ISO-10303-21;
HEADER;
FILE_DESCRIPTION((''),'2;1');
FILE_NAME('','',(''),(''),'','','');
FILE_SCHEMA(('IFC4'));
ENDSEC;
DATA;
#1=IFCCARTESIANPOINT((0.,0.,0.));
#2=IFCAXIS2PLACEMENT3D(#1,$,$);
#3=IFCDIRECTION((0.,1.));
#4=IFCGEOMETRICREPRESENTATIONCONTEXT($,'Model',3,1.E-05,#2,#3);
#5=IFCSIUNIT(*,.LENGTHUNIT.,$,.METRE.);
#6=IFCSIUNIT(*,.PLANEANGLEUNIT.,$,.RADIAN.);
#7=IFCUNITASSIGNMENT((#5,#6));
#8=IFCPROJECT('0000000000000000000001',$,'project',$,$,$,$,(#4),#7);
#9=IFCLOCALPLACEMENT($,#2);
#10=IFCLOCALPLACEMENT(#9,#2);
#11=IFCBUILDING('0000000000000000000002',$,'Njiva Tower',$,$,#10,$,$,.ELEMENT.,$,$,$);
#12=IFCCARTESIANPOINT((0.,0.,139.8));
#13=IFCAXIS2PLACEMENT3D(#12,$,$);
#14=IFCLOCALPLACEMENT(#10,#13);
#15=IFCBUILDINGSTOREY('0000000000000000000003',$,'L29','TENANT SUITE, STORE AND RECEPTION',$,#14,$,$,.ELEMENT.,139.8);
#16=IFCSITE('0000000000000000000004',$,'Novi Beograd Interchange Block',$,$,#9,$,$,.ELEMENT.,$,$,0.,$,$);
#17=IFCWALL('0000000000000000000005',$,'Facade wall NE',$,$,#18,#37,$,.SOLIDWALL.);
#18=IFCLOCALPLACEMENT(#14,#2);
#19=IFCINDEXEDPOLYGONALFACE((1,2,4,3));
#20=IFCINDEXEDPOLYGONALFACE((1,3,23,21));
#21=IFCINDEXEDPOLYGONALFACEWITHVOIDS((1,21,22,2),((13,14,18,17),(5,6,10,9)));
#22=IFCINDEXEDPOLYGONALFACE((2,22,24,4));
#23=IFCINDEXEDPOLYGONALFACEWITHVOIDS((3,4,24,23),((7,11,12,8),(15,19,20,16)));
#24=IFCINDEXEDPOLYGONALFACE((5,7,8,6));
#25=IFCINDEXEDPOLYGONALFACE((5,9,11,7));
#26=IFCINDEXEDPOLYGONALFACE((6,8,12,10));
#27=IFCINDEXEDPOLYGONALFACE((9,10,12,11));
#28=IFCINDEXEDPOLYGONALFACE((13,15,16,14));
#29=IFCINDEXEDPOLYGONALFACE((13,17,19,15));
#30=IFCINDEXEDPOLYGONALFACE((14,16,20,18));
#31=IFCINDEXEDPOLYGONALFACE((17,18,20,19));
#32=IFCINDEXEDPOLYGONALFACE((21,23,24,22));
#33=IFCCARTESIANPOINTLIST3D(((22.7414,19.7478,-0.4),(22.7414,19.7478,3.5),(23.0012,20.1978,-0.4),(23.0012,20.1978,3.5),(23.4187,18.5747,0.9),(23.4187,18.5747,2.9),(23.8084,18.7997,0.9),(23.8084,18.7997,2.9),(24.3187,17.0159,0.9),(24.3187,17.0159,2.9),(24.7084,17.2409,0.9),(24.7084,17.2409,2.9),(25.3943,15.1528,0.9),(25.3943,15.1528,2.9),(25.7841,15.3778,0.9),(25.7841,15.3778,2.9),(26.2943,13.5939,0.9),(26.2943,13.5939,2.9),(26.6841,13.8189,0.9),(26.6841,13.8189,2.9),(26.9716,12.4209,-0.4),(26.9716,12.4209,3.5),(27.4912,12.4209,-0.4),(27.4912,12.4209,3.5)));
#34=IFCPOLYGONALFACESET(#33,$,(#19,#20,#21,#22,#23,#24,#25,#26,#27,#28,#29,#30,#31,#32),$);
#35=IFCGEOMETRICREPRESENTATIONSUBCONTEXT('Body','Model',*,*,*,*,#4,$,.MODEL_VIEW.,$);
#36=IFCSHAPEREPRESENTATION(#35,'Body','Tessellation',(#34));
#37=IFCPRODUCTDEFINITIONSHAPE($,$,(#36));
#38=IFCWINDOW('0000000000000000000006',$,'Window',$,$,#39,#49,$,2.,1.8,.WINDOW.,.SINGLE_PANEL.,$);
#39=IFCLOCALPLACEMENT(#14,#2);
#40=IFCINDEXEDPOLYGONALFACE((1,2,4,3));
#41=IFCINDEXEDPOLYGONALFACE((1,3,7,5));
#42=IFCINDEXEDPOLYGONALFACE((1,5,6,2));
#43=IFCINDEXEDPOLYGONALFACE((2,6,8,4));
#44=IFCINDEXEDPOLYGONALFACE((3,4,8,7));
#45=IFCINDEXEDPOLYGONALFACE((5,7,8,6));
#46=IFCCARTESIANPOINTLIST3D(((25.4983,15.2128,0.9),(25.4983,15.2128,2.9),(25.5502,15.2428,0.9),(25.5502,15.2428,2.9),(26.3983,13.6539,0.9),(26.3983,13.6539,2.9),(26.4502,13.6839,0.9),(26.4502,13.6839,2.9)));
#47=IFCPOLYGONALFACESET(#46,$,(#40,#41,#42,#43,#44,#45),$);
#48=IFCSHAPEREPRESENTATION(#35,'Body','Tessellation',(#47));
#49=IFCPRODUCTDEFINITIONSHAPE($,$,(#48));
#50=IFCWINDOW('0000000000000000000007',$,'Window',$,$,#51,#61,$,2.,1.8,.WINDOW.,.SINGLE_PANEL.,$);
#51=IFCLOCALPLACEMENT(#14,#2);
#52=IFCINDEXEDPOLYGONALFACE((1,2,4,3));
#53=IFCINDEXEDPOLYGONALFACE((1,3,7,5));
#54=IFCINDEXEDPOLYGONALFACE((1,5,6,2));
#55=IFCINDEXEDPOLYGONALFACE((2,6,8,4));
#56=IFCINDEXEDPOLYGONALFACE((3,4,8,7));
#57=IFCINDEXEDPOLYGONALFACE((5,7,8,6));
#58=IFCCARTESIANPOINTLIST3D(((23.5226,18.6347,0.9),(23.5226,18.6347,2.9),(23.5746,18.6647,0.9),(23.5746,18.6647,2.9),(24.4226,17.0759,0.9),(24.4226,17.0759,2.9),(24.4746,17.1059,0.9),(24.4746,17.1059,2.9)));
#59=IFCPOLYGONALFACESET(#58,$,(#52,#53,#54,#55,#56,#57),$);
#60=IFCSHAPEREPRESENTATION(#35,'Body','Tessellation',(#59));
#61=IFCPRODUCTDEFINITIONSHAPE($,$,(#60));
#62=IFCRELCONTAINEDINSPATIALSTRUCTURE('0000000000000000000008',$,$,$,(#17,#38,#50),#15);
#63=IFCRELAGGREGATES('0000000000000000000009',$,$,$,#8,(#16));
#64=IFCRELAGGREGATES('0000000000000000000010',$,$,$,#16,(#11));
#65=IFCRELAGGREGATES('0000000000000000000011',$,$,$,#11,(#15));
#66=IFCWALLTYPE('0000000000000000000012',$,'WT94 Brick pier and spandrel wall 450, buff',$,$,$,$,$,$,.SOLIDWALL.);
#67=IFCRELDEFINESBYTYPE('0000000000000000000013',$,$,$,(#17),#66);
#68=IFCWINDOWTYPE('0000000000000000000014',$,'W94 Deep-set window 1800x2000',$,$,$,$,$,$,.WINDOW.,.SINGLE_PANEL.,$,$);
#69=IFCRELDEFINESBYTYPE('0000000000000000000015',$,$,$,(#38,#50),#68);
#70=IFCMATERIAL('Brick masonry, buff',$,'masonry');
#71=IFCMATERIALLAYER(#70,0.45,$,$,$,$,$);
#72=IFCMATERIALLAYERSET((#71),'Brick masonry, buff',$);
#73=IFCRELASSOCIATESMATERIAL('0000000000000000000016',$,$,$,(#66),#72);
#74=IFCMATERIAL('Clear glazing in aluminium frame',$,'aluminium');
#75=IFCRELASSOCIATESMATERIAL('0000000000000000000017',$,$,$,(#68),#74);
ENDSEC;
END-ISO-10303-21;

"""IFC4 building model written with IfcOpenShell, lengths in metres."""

from ifc_helpers import new_model, si_unit, direction, frame, frame_2d, origin, place, context, subcontext, project, spatial, polyline, rectangle, outline, extrude, material, layer, layer_set, type_object, element, fill, save


model = new_model("IFC4")

# Units and contexts
model_context = context("Model", 3, precision=1e-05, world=origin(), true_north=direction((0.0, 1.0)))
body_context = subcontext(model_context, "Body", "Model", "MODEL_VIEW")
ifc_project = project(units=[si_unit("LENGTHUNIT", "METRE"), si_unit("PLANEANGLEUNIT", "RADIAN")], contexts=[model_context])

# Site, building, storey
site_placement = place(None, origin())
site = spatial("IfcSite", under=ifc_project, at=site_placement, Name="Novi Beograd Interchange Block", CompositionType="ELEMENT", RefElevation=0.0)
building_placement = place(site_placement, origin())
building = spatial("IfcBuilding", under=site, at=building_placement, Name="Njiva Tower", CompositionType="ELEMENT")
storey_placement = place(building_placement, frame((0.0, 0.0, 139.8)))
storey = spatial("IfcBuildingStorey", under=building, at=storey_placement, Name="L29", Description="TENANT SUITE, STORE AND RECEPTION", CompositionType="ELEMENT", Elevation=139.8)

# Wall, openings, windows
ifc_material_1 = material(Name="Clear glazing in aluminium frame", Category="aluminium")
ifc_material_2 = material(Name="Brick masonry, buff", Category="masonry")
ifc_layer_1 = layer(ifc_material_2, 0.45)
ifc_layer_set_1 = layer_set([ifc_layer_1], Name="Brick masonry, buff")
wall_type_1 = type_object("IfcWallType", Name="WT94 Brick pier and spandrel wall 450, buff", PredefinedType="SOLIDWALL", material=ifc_layer_set_1)
wall_1_placement = place(storey_placement, frame((27.2314, 12.4209, -0.4), z_axis=(0.0, 0.0, 1.0), x_axis=(-0.500001, 0.866025, 0.0)))
wall_1 = element("IfcWall", 1, at=wall_1_placement, inside=storey, type_object=wall_type_1, Name="Facade wall NE", PredefinedType="SOLIDWALL", context=body_context, shape_type="SweptSolid", body=[
    extrude(outline(polyline([(-0.1299, -0.225), (8.8501, -0.225), (8.5903, 0.225), (0.1299, 0.225), (-0.1299, -0.225)])), origin(), (0.0, 0.0, 1.0), 3.9),
])
opening_1_placement = place(wall_1_placement, frame((1.4844, 0.0, 1.3)))
opening_1 = element("IfcOpeningElement", 2, at=opening_1_placement, cuts=wall_1, PredefinedType="OPENING", context=body_context, shape_type="SweptSolid", body=[
    extrude(rectangle(XDim=1.8, YDim=2.0, at=frame_2d((0.9, 1.0))), frame((0.0, 0.235, 0.0), z_axis=(0.0, -1.0, 0.0), x_axis=(1.0, 0.0, 0.0)), (0.0, 0.0, 1.0), 0.47),
])
opening_2_placement = place(wall_1_placement, frame((5.4357, 0.0, 1.3)))
opening_2 = element("IfcOpeningElement", 3, at=opening_2_placement, cuts=wall_1, PredefinedType="OPENING", context=body_context, shape_type="SweptSolid", body=[
    extrude(rectangle(XDim=1.8, YDim=2.0, at=frame_2d((0.9, 1.0))), frame((0.0, 0.235, 0.0), z_axis=(0.0, -1.0, 0.0), x_axis=(1.0, 0.0, 0.0)), (0.0, 0.0, 1.0), 0.47),
])
window_type_1 = type_object("IfcWindowType", Name="W94 Deep-set window 1800x2000", PartitioningType="SINGLE_PANEL", PredefinedType="WINDOW", material=ifc_material_1)
window_1_placement = place(opening_1_placement, origin())
window_1 = element("IfcWindow", 4, at=window_1_placement, inside=storey, type_object=window_type_1, Name="Window", OverallHeight=2.0, OverallWidth=1.8, PartitioningType="SINGLE_PANEL", PredefinedType="WINDOW", context=body_context, shape_type="SweptSolid", body=[
    extrude(rectangle(XDim=1.8, YDim=2.0, at=frame_2d((0.9, 1.0))), frame((0.0, 0.105, 0.0), z_axis=(0.0, -1.0, 0.0), x_axis=(1.0, 0.0, 0.0)), (0.0, 0.0, 1.0), 0.06),
])
fill(opening_1, window_1)
window_2_placement = place(opening_2_placement, origin())
window_2 = element("IfcWindow", 5, at=window_2_placement, inside=storey, type_object=window_type_1, Name="Window", OverallHeight=2.0, OverallWidth=1.8, PartitioningType="SINGLE_PANEL", PredefinedType="WINDOW", context=body_context, shape_type="SweptSolid", body=[
    extrude(rectangle(XDim=1.8, YDim=2.0, at=frame_2d((0.9, 1.0))), frame((0.0, 0.105, 0.0), z_axis=(0.0, -1.0, 0.0), x_axis=(1.0, 0.0, 0.0)), (0.0, 0.0, 1.0), 0.06),
])
fill(opening_2, window_2)

save(model, "model.ifc")
